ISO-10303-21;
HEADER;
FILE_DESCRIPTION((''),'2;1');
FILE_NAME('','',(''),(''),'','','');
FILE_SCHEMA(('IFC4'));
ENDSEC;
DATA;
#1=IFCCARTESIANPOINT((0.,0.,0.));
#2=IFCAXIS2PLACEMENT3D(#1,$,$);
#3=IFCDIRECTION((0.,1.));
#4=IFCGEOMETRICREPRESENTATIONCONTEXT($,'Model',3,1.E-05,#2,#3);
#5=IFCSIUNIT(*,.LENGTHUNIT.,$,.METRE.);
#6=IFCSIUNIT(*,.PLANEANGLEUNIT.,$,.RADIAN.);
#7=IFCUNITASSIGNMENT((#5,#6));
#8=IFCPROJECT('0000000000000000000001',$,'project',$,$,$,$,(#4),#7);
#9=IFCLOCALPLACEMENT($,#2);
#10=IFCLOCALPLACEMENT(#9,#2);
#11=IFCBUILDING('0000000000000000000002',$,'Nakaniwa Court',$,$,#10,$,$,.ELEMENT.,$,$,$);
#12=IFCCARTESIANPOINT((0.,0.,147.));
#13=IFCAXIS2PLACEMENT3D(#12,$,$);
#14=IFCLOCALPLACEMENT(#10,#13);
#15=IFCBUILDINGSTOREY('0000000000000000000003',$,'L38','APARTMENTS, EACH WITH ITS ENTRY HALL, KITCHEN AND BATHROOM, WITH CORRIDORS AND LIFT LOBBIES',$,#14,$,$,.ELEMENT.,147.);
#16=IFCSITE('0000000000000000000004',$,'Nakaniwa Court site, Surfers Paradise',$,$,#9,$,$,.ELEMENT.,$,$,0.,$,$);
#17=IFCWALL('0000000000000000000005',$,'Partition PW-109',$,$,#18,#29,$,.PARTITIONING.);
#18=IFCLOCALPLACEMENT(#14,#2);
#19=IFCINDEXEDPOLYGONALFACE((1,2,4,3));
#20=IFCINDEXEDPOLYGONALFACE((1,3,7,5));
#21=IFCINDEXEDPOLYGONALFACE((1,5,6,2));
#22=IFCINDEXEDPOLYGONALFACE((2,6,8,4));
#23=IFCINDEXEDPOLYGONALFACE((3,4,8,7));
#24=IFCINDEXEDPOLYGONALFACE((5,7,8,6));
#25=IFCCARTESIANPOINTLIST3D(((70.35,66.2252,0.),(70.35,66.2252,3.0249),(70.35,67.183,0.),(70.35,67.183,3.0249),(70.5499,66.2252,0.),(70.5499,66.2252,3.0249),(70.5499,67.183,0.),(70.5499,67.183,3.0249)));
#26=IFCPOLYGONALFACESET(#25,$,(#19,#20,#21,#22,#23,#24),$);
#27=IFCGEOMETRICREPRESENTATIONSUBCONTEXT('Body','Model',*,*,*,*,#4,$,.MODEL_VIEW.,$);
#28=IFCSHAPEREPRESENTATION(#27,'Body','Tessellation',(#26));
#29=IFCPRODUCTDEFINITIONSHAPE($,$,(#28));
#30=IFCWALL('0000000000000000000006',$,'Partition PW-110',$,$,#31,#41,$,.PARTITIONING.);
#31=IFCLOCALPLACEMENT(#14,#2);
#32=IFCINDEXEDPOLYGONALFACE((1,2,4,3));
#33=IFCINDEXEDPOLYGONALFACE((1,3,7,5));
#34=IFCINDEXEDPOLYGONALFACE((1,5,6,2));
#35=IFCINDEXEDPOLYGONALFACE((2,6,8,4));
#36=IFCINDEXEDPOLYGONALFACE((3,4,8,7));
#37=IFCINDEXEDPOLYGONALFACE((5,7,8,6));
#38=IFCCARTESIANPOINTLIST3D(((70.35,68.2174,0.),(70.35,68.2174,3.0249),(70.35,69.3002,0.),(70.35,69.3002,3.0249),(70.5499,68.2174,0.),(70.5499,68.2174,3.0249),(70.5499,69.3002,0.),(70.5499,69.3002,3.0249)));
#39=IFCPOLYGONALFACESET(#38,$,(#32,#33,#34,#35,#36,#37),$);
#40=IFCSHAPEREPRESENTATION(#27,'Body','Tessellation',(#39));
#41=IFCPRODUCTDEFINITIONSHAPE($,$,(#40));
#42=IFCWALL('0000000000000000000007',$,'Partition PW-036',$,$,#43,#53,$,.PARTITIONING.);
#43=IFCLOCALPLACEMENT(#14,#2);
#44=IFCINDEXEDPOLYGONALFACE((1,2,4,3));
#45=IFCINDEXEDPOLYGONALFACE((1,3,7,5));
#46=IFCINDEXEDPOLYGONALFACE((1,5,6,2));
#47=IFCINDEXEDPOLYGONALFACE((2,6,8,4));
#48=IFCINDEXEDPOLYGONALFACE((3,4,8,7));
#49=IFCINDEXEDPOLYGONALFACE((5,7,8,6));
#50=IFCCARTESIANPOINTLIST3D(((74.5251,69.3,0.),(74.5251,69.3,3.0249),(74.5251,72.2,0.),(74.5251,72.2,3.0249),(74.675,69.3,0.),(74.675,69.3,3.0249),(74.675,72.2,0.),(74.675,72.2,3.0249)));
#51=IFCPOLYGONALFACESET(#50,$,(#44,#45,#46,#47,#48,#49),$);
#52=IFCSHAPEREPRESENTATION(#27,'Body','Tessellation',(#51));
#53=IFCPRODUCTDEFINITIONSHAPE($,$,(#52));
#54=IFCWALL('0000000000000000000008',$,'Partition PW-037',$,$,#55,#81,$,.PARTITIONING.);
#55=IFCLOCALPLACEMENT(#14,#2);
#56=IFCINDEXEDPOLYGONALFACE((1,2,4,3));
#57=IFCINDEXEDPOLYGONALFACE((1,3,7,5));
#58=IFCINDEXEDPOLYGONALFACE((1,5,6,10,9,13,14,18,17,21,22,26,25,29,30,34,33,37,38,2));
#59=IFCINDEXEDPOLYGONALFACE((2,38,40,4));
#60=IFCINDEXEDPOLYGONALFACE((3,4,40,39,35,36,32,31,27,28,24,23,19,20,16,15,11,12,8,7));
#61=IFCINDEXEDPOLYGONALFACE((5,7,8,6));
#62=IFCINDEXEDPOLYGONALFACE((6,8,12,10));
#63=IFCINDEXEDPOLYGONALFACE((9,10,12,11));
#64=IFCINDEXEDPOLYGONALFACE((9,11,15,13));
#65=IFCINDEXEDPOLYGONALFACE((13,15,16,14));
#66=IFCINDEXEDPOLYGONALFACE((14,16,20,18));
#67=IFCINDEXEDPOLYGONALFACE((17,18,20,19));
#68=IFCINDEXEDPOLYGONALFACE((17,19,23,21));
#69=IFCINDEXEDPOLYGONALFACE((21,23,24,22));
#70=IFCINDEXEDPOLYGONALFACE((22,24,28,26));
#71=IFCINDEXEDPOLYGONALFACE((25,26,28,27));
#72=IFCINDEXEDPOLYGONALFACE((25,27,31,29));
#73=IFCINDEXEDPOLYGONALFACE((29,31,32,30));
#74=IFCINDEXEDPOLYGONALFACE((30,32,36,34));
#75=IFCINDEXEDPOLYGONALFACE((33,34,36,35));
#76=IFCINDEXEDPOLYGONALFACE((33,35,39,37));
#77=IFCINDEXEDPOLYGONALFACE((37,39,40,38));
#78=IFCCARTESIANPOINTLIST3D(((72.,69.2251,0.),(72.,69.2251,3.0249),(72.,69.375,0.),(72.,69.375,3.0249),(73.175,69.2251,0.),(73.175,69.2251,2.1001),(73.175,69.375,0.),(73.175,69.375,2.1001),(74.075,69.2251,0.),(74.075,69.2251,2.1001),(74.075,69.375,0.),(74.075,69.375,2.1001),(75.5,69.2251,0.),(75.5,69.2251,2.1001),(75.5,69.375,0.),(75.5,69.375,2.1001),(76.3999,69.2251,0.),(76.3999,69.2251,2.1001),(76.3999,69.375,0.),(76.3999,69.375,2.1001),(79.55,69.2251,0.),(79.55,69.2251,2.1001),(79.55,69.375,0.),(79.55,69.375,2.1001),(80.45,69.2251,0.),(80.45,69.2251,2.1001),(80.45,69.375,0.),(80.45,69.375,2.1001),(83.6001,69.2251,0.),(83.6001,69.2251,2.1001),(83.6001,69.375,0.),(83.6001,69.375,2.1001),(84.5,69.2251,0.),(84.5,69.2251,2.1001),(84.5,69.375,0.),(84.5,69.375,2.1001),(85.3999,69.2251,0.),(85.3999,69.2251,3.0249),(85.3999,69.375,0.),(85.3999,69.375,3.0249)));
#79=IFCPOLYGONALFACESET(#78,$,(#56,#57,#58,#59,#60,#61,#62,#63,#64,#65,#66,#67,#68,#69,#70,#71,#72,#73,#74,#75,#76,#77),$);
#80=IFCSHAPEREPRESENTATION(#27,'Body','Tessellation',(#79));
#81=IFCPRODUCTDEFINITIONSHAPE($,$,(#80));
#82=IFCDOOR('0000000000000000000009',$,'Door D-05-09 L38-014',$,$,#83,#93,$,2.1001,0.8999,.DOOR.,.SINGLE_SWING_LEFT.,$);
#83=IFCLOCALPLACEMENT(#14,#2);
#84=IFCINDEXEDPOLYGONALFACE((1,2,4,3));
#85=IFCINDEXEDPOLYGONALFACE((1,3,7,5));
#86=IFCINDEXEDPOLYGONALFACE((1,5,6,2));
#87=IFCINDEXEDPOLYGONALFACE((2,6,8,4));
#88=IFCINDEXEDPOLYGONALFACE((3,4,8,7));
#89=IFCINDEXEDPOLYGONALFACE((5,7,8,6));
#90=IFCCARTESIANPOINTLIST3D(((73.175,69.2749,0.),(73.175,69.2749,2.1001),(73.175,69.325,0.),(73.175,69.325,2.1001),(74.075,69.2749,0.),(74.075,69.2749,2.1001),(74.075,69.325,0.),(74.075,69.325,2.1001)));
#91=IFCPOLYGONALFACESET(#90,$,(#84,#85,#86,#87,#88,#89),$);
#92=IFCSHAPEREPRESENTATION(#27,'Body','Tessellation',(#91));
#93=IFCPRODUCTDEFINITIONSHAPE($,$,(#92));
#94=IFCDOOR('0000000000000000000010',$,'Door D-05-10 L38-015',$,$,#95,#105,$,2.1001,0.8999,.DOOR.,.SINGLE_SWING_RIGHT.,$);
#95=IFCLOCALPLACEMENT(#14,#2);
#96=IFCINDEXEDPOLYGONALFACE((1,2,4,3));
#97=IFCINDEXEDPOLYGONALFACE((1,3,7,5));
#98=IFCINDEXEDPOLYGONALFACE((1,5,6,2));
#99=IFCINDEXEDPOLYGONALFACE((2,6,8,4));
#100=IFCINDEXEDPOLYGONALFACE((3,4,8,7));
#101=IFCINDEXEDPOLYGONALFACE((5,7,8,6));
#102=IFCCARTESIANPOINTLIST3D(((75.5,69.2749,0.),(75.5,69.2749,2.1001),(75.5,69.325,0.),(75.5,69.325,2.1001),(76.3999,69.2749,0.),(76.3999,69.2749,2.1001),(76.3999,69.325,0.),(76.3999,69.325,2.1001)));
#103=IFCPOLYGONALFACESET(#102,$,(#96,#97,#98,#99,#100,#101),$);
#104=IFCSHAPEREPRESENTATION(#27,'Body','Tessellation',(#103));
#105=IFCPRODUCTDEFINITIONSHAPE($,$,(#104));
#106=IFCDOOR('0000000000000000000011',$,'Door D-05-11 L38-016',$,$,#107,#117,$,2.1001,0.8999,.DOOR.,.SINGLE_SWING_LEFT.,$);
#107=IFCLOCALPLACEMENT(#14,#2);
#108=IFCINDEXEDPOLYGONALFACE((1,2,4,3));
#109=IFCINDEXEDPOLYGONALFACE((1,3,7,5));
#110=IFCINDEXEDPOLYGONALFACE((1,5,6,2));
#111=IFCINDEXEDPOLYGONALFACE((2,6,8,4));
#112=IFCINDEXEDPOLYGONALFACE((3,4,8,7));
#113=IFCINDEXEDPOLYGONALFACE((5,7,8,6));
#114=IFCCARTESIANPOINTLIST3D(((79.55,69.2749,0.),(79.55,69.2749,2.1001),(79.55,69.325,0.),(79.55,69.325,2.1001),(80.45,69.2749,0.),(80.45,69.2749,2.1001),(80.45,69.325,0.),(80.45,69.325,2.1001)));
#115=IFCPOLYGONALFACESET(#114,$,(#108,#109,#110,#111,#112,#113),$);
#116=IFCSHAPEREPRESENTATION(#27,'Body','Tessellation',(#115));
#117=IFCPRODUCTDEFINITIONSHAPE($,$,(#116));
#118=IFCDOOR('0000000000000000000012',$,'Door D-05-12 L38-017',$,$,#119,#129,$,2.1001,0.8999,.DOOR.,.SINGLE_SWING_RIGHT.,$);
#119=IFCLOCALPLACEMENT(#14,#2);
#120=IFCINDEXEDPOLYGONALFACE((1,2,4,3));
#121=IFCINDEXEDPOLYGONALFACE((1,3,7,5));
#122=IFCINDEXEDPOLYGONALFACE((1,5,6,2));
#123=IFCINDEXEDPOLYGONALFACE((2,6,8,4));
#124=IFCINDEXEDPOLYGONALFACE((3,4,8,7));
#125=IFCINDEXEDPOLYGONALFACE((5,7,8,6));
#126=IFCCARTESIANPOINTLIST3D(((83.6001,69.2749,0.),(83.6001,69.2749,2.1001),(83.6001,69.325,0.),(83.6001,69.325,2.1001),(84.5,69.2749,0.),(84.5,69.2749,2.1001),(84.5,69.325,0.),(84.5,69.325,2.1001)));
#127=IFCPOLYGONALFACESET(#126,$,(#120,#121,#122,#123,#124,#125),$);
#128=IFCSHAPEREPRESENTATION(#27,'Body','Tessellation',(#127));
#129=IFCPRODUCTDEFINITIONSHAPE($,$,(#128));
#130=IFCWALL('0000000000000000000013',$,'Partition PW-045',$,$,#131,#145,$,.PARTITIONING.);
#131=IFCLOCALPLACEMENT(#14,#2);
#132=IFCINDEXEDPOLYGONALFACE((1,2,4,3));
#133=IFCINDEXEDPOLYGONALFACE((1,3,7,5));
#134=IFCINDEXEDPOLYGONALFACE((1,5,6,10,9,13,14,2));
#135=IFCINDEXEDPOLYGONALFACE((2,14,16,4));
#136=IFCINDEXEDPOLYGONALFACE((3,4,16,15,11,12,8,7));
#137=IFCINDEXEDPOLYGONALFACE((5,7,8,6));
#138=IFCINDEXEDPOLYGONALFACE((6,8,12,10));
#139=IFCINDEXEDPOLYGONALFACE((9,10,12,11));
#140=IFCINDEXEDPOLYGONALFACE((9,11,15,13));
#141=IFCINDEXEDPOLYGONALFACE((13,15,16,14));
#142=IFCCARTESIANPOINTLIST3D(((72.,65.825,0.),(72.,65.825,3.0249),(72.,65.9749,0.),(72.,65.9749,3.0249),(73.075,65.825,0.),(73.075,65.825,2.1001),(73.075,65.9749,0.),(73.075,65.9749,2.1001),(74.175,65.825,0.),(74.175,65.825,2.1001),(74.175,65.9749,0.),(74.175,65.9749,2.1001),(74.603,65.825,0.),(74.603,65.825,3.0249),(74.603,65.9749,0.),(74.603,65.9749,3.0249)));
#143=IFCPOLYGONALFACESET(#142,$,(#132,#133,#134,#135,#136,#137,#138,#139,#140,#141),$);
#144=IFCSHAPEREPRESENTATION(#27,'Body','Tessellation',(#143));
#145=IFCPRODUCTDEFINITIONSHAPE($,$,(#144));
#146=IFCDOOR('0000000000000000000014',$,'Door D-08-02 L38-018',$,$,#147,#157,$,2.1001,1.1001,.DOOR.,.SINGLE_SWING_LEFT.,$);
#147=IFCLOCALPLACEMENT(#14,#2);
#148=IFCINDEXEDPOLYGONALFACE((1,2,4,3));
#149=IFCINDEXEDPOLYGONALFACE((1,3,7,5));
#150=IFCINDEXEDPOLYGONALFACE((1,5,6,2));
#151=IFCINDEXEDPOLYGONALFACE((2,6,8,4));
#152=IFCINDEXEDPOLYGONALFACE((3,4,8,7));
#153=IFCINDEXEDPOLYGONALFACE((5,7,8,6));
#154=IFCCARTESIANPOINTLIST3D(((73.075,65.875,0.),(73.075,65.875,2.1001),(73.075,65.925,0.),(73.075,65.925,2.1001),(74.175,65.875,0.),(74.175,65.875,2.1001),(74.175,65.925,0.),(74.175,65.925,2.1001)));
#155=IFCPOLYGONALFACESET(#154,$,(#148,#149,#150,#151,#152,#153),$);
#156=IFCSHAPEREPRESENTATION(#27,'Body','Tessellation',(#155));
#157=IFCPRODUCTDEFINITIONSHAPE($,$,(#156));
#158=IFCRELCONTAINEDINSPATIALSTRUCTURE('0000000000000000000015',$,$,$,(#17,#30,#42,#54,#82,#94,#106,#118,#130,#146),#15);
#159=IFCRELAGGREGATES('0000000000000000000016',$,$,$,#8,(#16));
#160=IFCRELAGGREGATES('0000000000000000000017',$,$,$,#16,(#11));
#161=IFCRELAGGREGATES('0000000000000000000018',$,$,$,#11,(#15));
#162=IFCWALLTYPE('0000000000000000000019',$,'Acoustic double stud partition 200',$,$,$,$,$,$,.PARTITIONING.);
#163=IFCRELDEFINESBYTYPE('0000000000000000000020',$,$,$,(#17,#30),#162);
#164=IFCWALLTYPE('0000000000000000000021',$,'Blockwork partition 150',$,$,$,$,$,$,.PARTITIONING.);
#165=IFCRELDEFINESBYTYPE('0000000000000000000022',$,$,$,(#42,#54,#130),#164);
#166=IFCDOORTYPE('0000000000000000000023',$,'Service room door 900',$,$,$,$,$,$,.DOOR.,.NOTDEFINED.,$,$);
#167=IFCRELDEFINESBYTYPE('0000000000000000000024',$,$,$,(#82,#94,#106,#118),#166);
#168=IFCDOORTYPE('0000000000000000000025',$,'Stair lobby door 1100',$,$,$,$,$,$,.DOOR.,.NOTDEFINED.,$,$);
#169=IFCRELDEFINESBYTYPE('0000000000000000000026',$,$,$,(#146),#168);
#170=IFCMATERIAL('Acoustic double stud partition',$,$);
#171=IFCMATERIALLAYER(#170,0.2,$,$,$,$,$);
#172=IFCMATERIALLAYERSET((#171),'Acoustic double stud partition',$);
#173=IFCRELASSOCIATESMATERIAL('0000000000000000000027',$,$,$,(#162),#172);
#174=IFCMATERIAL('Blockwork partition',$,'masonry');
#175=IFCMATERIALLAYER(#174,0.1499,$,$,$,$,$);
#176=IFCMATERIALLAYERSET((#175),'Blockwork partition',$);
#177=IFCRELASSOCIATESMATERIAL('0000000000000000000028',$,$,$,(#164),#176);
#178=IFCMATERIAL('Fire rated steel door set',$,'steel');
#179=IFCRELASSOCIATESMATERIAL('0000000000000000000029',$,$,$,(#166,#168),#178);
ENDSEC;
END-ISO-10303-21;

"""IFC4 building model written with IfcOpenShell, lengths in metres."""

from ifc_helpers import new_model, si_unit, direction, frame, frame_2d, origin, place, context, subcontext, project, spatial, rectangle, extrude, material, layer, layer_set, type_object, element, fill, save


model = new_model("IFC4")

# Units and contexts
model_context = context("Model", 3, precision=1e-05, world=origin(), true_north=direction((0.0, 1.0)))
body_context = subcontext(model_context, "Body", "Model", "MODEL_VIEW")
ifc_project = project(units=[si_unit("LENGTHUNIT", "METRE"), si_unit("PLANEANGLEUNIT", "RADIAN")], contexts=[model_context])

# Site, building, storey
site_placement = place(None, origin())
site = spatial("IfcSite", under=ifc_project, at=site_placement, Name="Nakaniwa Court site, Surfers Paradise", CompositionType="ELEMENT", RefElevation=0.0)
building_placement = place(site_placement, origin())
building = spatial("IfcBuilding", under=site, at=building_placement, Name="Nakaniwa Court", CompositionType="ELEMENT")
storey_placement = place(building_placement, frame((0.0, 0.0, 147.0)))
storey = spatial("IfcBuildingStorey", under=building, at=storey_placement, Name="L38", Description="APARTMENTS, EACH WITH ITS ENTRY HALL, KITCHEN AND BATHROOM, WITH CORRIDORS AND LIFT LOBBIES", CompositionType="ELEMENT", Elevation=147.0)

# Walls
ifc_material_1 = material(Name="Acoustic double stud partition")
ifc_layer_1 = layer(ifc_material_1, 0.2)
ifc_layer_set_1 = layer_set([ifc_layer_1], Name="Acoustic double stud partition")
wall_type_1 = type_object("IfcWallType", Name="Acoustic double stud partition 200", PredefinedType="PARTITIONING", material=ifc_layer_set_1)
wall_1_placement = place(storey_placement, frame((70.45, 66.2251, 0.0), z_axis=(0.0, 0.0, 1.0), x_axis=(0.0, 1.0, 0.0)))
element("IfcWall", 1, at=wall_1_placement, inside=storey, type_object=wall_type_1, Name="Partition PW-109", PredefinedType="PARTITIONING", context=body_context, shape_type="SweptSolid", body=[
    extrude(rectangle(XDim=0.9578, YDim=0.2, at=frame_2d((0.479, 0.0))), origin(), (0.0, 0.0, 1.0), 3.0249),
])
wall_2_placement = place(storey_placement, frame((70.45, 68.2173, 0.0), z_axis=(0.0, 0.0, 1.0), x_axis=(0.0, 1.0, 0.0)))
element("IfcWall", 2, at=wall_2_placement, inside=storey, type_object=wall_type_1, Name="Partition PW-110", PredefinedType="PARTITIONING", context=body_context, shape_type="SweptSolid", body=[
    extrude(rectangle(XDim=1.0828, YDim=0.2, at=frame_2d((0.5415, 0.0))), origin(), (0.0, 0.0, 1.0), 3.0249),
])
ifc_material_2 = material(Name="Blockwork partition", Category="masonry")
ifc_layer_2 = layer(ifc_material_2, 0.1499)
ifc_layer_set_2 = layer_set([ifc_layer_2], Name="Blockwork partition")
wall_type_2 = type_object("IfcWallType", Name="Blockwork partition 150", PredefinedType="PARTITIONING", material=ifc_layer_set_2)
wall_3_placement = place(storey_placement, frame((74.6001, 69.3, 0.0), z_axis=(0.0, 0.0, 1.0), x_axis=(0.0, 1.0, 0.0)))
element("IfcWall", 3, at=wall_3_placement, inside=storey, type_object=wall_type_2, Name="Partition PW-036", PredefinedType="PARTITIONING", context=body_context, shape_type="SweptSolid", body=[
    extrude(rectangle(XDim=2.8999, YDim=0.1499, at=frame_2d((1.45, 0.0))), origin(), (0.0, 0.0, 1.0), 3.0249),
])

# Wall, openings, doors
wall_4_placement = place(storey_placement, frame((72.0, 69.3, 0.0), z_axis=(0.0, 0.0, 1.0), x_axis=(1.0, 0.0, 0.0)))
wall_4 = element("IfcWall", 4, at=wall_4_placement, inside=storey, type_object=wall_type_2, Name="Partition PW-037", PredefinedType="PARTITIONING", context=body_context, shape_type="SweptSolid", body=[
    extrude(rectangle(XDim=13.3999, YDim=0.1499, at=frame_2d((6.7, 0.0))), origin(), (0.0, 0.0, 1.0), 3.0249),
])
opening_1_placement = place(wall_4_placement, frame((1.175, 0.0, 0.0)))
opening_1 = element("IfcOpeningElement", 5, at=opening_1_placement, cuts=wall_4, PredefinedType="OPENING", context=body_context, shape_type="SweptSolid", body=[
    extrude(rectangle(XDim=0.8999, YDim=2.1001, at=frame_2d((0.45, 1.05))), frame((0.0, 0.085, 0.0), z_axis=(0.0, -1.0, 0.0), x_axis=(1.0, 0.0, 0.0)), (0.0, 0.0, 1.0), 0.1699),
])
opening_2_placement = place(wall_4_placement, frame((3.5, 0.0, 0.0)))
opening_2 = element("IfcOpeningElement", 6, at=opening_2_placement, cuts=wall_4, PredefinedType="OPENING", context=body_context, shape_type="SweptSolid", body=[
    extrude(rectangle(XDim=0.8999, YDim=2.1001, at=frame_2d((0.45, 1.05))), frame((0.0, 0.085, 0.0), z_axis=(0.0, -1.0, 0.0), x_axis=(1.0, 0.0, 0.0)), (0.0, 0.0, 1.0), 0.1699),
])
opening_3_placement = place(wall_4_placement, frame((7.55, 0.0, 0.0)))
opening_3 = element("IfcOpeningElement", 7, at=opening_3_placement, cuts=wall_4, PredefinedType="OPENING", context=body_context, shape_type="SweptSolid", body=[
    extrude(rectangle(XDim=0.8999, YDim=2.1001, at=frame_2d((0.45, 1.05))), frame((0.0, 0.085, 0.0), z_axis=(0.0, -1.0, 0.0), x_axis=(1.0, 0.0, 0.0)), (0.0, 0.0, 1.0), 0.1699),
])
opening_4_placement = place(wall_4_placement, frame((11.6001, 0.0, 0.0)))
opening_4 = element("IfcOpeningElement", 8, at=opening_4_placement, cuts=wall_4, PredefinedType="OPENING", context=body_context, shape_type="SweptSolid", body=[
    extrude(rectangle(XDim=0.8999, YDim=2.1001, at=frame_2d((0.45, 1.05))), frame((0.0, 0.085, 0.0), z_axis=(0.0, -1.0, 0.0), x_axis=(1.0, 0.0, 0.0)), (0.0, 0.0, 1.0), 0.1699),
])
ifc_material_3 = material(Name="Fire rated steel door set", Category="steel")
door_type_1 = type_object("IfcDoorType", Name="Service room door 900", OperationType="NOTDEFINED", PredefinedType="DOOR", material=ifc_material_3)
door_1_placement = place(opening_1_placement, origin())
door_1 = element("IfcDoor", 9, at=door_1_placement, inside=storey, type_object=door_type_1, Name="Door D-05-09 L38-014", OperationType="SINGLE_SWING_LEFT", OverallHeight=2.1001, OverallWidth=0.8999, PredefinedType="DOOR", context=body_context, shape_type="SweptSolid", body=[
    extrude(rectangle(XDim=0.8999, YDim=2.1001, at=frame_2d((0.45, 1.05))), frame((0.0, 0.0249, 0.0), z_axis=(0.0, -1.0, 0.0), x_axis=(1.0, 0.0, 0.0)), (0.0, 0.0, 1.0), 0.05),
])
fill(opening_1, door_1)
door_2_placement = place(opening_2_placement, origin())
door_2 = element("IfcDoor", 10, at=door_2_placement, inside=storey, type_object=door_type_1, Name="Door D-05-10 L38-015", OperationType="SINGLE_SWING_RIGHT", OverallHeight=2.1001, OverallWidth=0.8999, PredefinedType="DOOR", context=body_context, shape_type="SweptSolid", body=[
    extrude(rectangle(XDim=0.8999, YDim=2.1001, at=frame_2d((0.45, 1.05))), frame((0.0, 0.0249, 0.0), z_axis=(0.0, -1.0, 0.0), x_axis=(1.0, 0.0, 0.0)), (0.0, 0.0, 1.0), 0.05),
])
fill(opening_2, door_2)
door_3_placement = place(opening_3_placement, origin())
door_3 = element("IfcDoor", 11, at=door_3_placement, inside=storey, type_object=door_type_1, Name="Door D-05-11 L38-016", OperationType="SINGLE_SWING_LEFT", OverallHeight=2.1001, OverallWidth=0.8999, PredefinedType="DOOR", context=body_context, shape_type="SweptSolid", body=[
    extrude(rectangle(XDim=0.8999, YDim=2.1001, at=frame_2d((0.45, 1.05))), frame((0.0, 0.0249, 0.0), z_axis=(0.0, -1.0, 0.0), x_axis=(1.0, 0.0, 0.0)), (0.0, 0.0, 1.0), 0.05),
])
fill(opening_3, door_3)
door_4_placement = place(opening_4_placement, origin())
door_4 = element("IfcDoor", 12, at=door_4_placement, inside=storey, type_object=door_type_1, Name="Door D-05-12 L38-017", OperationType="SINGLE_SWING_RIGHT", OverallHeight=2.1001, OverallWidth=0.8999, PredefinedType="DOOR", context=body_context, shape_type="SweptSolid", body=[
    extrude(rectangle(XDim=0.8999, YDim=2.1001, at=frame_2d((0.45, 1.05))), frame((0.0, 0.0249, 0.0), z_axis=(0.0, -1.0, 0.0), x_axis=(1.0, 0.0, 0.0)), (0.0, 0.0, 1.0), 0.05),
])
fill(opening_4, door_4)

# Wall, opening, door
wall_5_placement = place(storey_placement, frame((74.603, 65.8999, 0.0), z_axis=(0.0, 0.0, 1.0), x_axis=(-1.0, 0.0, 0.0)))
wall_5 = element("IfcWall", 13, at=wall_5_placement, inside=storey, type_object=wall_type_2, Name="Partition PW-045", PredefinedType="PARTITIONING", context=body_context, shape_type="SweptSolid", body=[
    extrude(rectangle(XDim=2.603, YDim=0.1499, at=frame_2d((1.3015, 0.0))), origin(), (0.0, 0.0, 1.0), 3.0249),
])
opening_5_placement = place(wall_5_placement, frame((0.428, 0.0, 0.0)))
opening_5 = element("IfcOpeningElement", 14, at=opening_5_placement, cuts=wall_5, PredefinedType="OPENING", context=body_context, shape_type="SweptSolid", body=[
    extrude(rectangle(XDim=1.1001, YDim=2.1001, at=frame_2d((0.55, 1.05))), frame((0.0, 0.085, 0.0), z_axis=(0.0, -1.0, 0.0), x_axis=(1.0, 0.0, 0.0)), (0.0, 0.0, 1.0), 0.1699),
])
door_type_2 = type_object("IfcDoorType", Name="Stair lobby door 1100", OperationType="NOTDEFINED", PredefinedType="DOOR", material=ifc_material_3)
door_5_placement = place(opening_5_placement, origin())
door_5 = element("IfcDoor", 15, at=door_5_placement, inside=storey, type_object=door_type_2, Name="Door D-08-02 L38-018", OperationType="SINGLE_SWING_LEFT", OverallHeight=2.1001, OverallWidth=1.1001, PredefinedType="DOOR", context=body_context, shape_type="SweptSolid", body=[
    extrude(rectangle(XDim=1.1001, YDim=2.1001, at=frame_2d((0.55, 1.05))), frame((0.0, 0.0249, 0.0), z_axis=(0.0, -1.0, 0.0), x_axis=(1.0, 0.0, 0.0)), (0.0, 0.0, 1.0), 0.05),
])
fill(opening_5, door_5)

save(model, "model.ifc")
